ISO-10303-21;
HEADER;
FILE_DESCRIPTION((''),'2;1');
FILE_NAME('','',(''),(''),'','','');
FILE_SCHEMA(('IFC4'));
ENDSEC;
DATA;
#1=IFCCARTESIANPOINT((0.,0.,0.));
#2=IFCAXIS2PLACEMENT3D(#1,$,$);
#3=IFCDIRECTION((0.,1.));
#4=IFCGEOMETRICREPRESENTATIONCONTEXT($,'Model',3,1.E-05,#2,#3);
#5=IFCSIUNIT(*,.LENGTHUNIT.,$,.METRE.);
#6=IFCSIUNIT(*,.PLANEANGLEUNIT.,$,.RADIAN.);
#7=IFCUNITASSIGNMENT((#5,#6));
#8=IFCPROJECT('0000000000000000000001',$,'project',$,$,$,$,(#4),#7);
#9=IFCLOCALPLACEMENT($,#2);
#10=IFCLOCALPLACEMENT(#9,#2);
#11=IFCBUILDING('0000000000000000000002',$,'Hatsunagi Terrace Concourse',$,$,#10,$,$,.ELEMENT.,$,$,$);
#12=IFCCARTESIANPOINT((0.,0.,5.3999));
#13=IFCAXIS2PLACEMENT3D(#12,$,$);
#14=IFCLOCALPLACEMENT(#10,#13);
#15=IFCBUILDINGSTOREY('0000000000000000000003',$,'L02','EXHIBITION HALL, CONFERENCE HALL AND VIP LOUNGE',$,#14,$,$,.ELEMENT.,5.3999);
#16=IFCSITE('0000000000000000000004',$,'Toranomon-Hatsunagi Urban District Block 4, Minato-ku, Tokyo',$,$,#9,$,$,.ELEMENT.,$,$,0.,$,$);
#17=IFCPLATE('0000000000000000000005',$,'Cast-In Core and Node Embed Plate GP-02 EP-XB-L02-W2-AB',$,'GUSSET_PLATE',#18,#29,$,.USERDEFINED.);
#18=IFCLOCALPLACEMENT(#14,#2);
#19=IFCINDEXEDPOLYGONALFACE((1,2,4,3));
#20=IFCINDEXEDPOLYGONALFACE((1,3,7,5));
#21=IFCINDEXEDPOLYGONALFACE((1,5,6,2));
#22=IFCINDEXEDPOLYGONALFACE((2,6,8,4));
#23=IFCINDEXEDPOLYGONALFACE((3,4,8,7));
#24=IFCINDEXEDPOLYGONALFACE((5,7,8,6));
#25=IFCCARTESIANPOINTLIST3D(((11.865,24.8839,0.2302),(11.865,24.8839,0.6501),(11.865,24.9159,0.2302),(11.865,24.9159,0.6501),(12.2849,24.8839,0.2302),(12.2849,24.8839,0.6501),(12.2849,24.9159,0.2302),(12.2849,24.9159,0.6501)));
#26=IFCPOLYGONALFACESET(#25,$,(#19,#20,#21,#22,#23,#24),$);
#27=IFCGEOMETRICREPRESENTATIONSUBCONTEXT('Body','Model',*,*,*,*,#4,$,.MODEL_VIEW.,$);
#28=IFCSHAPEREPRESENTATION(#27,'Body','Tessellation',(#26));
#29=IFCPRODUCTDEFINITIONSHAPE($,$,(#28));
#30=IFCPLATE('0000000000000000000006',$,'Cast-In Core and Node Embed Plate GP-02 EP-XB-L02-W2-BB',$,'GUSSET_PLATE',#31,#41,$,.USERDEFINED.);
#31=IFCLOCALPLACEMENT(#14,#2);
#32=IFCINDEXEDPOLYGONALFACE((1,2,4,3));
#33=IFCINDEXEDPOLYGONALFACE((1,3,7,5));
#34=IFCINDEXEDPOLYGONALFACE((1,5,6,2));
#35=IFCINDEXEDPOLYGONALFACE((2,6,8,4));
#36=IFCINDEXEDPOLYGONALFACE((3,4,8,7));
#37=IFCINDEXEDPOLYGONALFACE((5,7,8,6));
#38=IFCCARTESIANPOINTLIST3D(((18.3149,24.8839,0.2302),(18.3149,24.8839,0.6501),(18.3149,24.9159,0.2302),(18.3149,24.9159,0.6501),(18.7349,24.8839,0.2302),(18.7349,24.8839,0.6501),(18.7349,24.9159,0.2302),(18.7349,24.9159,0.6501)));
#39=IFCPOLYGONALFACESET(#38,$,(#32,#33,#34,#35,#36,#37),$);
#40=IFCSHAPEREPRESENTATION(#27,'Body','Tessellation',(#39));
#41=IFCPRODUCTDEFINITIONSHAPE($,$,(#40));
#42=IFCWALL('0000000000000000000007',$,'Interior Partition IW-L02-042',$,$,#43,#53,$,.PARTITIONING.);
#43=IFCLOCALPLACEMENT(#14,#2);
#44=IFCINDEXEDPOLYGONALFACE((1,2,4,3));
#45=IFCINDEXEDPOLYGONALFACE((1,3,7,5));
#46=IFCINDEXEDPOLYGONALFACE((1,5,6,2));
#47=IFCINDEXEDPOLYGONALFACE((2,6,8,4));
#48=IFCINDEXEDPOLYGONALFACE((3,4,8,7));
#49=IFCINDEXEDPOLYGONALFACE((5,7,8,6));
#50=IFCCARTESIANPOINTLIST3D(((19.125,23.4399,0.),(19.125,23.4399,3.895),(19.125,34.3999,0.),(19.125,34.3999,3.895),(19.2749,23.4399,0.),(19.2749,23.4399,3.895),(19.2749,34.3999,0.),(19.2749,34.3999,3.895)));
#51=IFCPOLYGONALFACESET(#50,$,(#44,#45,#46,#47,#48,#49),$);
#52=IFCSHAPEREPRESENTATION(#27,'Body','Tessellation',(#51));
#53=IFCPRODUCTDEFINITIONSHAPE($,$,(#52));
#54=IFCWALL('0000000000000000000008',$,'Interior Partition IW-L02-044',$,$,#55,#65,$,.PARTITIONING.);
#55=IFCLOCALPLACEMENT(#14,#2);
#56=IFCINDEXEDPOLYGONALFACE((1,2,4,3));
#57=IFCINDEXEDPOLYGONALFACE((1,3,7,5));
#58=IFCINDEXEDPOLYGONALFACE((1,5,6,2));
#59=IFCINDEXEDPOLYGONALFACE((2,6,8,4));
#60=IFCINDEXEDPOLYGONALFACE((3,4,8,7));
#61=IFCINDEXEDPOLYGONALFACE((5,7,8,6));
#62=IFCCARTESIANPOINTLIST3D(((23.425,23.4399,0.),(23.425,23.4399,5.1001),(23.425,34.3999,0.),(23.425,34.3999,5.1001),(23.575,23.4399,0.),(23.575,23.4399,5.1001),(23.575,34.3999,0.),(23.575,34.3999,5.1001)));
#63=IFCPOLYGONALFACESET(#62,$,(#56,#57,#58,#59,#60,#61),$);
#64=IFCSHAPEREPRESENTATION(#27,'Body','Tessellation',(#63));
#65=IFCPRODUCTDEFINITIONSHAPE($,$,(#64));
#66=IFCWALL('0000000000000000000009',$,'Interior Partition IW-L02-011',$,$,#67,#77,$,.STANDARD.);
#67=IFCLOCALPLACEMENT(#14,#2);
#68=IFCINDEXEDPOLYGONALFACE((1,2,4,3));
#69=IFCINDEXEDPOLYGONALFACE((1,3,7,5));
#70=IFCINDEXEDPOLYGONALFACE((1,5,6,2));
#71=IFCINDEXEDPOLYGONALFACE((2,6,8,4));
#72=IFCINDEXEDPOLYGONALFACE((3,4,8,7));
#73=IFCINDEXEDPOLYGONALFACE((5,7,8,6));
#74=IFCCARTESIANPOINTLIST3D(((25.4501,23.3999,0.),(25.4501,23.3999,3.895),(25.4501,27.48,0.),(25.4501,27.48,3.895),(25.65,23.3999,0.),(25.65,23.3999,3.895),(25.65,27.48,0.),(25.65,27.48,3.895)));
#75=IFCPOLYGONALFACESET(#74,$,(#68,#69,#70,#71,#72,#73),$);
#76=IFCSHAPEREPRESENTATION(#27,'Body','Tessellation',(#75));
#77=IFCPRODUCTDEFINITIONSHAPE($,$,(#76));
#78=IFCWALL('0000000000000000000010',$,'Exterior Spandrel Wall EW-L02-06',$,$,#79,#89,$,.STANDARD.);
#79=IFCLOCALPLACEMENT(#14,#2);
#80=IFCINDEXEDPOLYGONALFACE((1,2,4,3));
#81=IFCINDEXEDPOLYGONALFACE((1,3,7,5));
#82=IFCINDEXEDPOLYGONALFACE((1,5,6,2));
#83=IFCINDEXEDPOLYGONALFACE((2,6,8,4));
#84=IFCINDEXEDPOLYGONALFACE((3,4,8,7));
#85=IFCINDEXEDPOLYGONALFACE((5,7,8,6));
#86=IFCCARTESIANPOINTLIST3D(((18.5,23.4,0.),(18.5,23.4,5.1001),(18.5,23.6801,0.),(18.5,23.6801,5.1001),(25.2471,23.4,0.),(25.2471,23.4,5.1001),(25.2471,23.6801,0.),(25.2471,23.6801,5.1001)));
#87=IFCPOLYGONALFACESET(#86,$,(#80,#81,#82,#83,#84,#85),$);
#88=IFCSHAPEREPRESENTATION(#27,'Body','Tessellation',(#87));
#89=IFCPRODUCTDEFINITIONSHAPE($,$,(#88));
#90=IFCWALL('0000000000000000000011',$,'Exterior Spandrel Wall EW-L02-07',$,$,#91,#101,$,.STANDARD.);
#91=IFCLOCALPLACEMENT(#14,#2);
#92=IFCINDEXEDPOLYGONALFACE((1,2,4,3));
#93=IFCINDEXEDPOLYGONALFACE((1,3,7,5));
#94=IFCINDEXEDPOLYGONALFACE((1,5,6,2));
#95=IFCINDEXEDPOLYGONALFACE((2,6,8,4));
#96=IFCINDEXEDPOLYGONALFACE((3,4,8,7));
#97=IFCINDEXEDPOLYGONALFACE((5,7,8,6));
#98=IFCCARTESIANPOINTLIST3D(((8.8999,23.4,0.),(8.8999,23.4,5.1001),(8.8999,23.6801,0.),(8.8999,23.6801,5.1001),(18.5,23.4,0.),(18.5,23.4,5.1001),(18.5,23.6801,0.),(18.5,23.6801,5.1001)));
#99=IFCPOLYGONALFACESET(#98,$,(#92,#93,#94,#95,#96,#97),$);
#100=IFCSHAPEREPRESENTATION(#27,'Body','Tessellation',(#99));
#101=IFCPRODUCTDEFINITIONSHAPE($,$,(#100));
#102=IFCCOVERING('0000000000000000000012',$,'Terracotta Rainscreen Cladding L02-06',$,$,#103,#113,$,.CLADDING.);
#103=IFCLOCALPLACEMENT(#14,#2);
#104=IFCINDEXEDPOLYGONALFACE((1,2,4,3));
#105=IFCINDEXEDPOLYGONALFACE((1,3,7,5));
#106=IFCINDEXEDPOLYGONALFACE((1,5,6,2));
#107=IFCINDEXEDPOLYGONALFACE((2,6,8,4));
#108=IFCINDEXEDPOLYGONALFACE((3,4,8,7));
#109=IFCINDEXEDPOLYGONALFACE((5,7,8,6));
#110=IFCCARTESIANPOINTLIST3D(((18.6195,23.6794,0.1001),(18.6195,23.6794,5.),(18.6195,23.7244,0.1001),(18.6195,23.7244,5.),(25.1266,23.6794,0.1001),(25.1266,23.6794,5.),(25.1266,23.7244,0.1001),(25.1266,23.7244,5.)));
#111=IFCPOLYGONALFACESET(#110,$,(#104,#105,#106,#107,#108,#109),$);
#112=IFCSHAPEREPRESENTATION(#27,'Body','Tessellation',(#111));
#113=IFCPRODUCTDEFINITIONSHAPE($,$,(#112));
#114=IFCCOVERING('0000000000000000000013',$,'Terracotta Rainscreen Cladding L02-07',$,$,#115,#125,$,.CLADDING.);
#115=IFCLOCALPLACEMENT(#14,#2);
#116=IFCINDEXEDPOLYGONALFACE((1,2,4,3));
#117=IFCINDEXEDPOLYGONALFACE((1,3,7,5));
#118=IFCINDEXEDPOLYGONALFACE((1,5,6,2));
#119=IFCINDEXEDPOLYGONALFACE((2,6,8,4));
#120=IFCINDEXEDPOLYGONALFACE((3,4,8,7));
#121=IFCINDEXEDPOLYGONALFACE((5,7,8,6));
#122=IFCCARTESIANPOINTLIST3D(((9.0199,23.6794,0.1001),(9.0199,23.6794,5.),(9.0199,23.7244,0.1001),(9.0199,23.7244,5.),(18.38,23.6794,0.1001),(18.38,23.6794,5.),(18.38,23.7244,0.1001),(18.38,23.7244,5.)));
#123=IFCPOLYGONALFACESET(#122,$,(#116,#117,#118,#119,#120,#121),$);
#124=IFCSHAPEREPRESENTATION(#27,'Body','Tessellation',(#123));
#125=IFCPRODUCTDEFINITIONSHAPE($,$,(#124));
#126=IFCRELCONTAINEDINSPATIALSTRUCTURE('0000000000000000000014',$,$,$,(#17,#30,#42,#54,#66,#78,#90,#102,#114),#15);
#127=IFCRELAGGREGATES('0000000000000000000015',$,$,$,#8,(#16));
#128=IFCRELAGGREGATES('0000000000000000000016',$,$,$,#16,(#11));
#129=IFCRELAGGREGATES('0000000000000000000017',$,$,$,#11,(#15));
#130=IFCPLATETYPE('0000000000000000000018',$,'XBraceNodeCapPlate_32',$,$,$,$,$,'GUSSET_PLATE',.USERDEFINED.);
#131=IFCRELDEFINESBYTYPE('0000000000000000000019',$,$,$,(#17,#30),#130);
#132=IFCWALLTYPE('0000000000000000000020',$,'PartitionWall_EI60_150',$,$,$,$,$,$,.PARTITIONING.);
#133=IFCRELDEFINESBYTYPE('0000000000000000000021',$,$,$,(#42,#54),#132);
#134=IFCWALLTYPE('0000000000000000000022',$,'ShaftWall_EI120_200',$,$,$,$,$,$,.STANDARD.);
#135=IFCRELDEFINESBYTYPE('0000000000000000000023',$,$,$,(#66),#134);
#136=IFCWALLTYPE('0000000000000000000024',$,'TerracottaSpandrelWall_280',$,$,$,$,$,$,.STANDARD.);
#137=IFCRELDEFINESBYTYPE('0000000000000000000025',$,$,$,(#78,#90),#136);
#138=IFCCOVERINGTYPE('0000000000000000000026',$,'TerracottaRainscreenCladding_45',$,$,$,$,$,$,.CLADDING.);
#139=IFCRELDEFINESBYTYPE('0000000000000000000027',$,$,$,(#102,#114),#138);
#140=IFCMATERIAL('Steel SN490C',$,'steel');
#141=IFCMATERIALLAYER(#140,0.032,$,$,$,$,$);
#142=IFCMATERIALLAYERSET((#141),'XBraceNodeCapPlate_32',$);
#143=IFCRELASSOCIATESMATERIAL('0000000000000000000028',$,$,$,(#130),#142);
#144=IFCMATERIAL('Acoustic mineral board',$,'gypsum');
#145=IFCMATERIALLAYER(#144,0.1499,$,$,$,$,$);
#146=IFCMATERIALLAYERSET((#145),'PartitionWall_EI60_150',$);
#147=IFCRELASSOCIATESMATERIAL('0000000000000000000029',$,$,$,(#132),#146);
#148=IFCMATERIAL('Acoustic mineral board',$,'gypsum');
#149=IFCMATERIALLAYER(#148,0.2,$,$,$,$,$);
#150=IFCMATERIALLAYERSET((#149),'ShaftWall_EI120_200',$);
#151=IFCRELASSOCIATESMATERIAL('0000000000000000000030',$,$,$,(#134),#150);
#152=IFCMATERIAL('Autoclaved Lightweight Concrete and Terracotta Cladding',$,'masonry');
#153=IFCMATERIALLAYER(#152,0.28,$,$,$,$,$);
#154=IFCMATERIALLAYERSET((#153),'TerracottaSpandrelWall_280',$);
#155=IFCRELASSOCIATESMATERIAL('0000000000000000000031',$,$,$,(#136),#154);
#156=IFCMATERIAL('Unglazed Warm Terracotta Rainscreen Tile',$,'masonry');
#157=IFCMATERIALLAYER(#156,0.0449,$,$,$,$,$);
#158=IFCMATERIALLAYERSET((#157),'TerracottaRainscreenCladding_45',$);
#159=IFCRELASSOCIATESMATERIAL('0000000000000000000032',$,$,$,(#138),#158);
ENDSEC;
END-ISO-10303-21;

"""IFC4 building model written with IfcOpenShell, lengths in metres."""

from ifc_helpers import new_model, si_unit, direction, frame, frame_2d, origin, origin_2d, place, context, subcontext, project, spatial, rectangle, extrude, material, layer, layer_set, type_object, element, save


model = new_model("IFC4")

# Units and contexts
model_context = context("Model", 3, precision=1e-05, world=origin(), true_north=direction((0.0, 1.0)))
body_context = subcontext(model_context, "Body", "Model", "MODEL_VIEW")
ifc_project = project(units=[si_unit("LENGTHUNIT", "METRE"), si_unit("PLANEANGLEUNIT", "RADIAN")], contexts=[model_context])

# Site, building, storey
site_placement = place(None, origin())
site = spatial("IfcSite", under=ifc_project, at=site_placement, Name="Toranomon-Hatsunagi Urban District Block 4, Minato-ku, Tokyo", CompositionType="ELEMENT", RefElevation=0.0)
building_placement = place(site_placement, origin())
building = spatial("IfcBuilding", under=site, at=building_placement, Name="Hatsunagi Terrace Concourse", CompositionType="ELEMENT")
storey_placement = place(building_placement, frame((0.0, 0.0, 5.3999)))
storey = spatial("IfcBuildingStorey", under=building, at=storey_placement, Name="L02", Description="EXHIBITION HALL, CONFERENCE HALL AND VIP LOUNGE", CompositionType="ELEMENT", Elevation=5.3999)

# Plates
ifc_material_1 = material(Name="Steel SN490C", Category="steel")
ifc_layer_1 = layer(ifc_material_1, 0.032)
ifc_layer_set_1 = layer_set([ifc_layer_1], Name="XBraceNodeCapPlate_32")
plate_type = type_object("IfcPlateType", Name="XBraceNodeCapPlate_32", ElementType="GUSSET_PLATE", PredefinedType="USERDEFINED", material=ifc_layer_set_1)
for number, where, z_axis, x_axis, name in (
    (1, (12.075, 24.8999, 0.2302), (0.0, 0.0, 1.0), (1.0, 0.0, 0.0), "Cast-In Core and Node Embed Plate GP-02 EP-XB-L02-W2-AB"),
    (2, (18.5249, 24.8999, 0.2302), (0.0, 0.0, 1.0), (1.0, 0.0, 0.0), "Cast-In Core and Node Embed Plate GP-02 EP-XB-L02-W2-BB"),
):
    element("IfcPlate", number, at=place(storey_placement, frame(where, z_axis=z_axis, x_axis=x_axis)), inside=storey, type_object=plate_type, Name=name, ObjectType="GUSSET_PLATE", PredefinedType="USERDEFINED", context=body_context, shape_type="SweptSolid", body=[
        extrude(rectangle(XDim=0.4199, YDim=0.032, at=origin_2d()), origin(), (0.0, 0.0, 1.0), 0.4199),
    ])

# Walls
ifc_material_2 = material(Name="Acoustic mineral board", Category="gypsum")
ifc_layer_2 = layer(ifc_material_2, 0.1499)
ifc_layer_set_2 = layer_set([ifc_layer_2], Name="PartitionWall_EI60_150")
wall_type_1 = type_object("IfcWallType", Name="PartitionWall_EI60_150", PredefinedType="PARTITIONING", material=ifc_layer_set_2)
wall_1_placement = place(storey_placement, frame((19.2, 23.4399, 0.0), z_axis=(0.0, 0.0, 1.0), x_axis=(0.0, 1.0, 0.0)))
element("IfcWall", 3, at=wall_1_placement, inside=storey, type_object=wall_type_1, Name="Interior Partition IW-L02-042", PredefinedType="PARTITIONING", context=body_context, shape_type="SweptSolid", body=[
    extrude(rectangle(XDim=10.96, YDim=0.1499, at=frame_2d((5.48, 0.0))), origin(), (0.0, 0.0, 1.0), 3.895),
])
wall_2_placement = place(storey_placement, frame((23.5, 23.4399, 0.0), z_axis=(0.0, 0.0, 1.0), x_axis=(0.0, 1.0, 0.0)))
element("IfcWall", 4, at=wall_2_placement, inside=storey, type_object=wall_type_1, Name="Interior Partition IW-L02-044", PredefinedType="PARTITIONING", context=body_context, shape_type="SweptSolid", body=[
    extrude(rectangle(XDim=10.96, YDim=0.1499, at=frame_2d((5.48, 0.0))), origin(), (0.0, 0.0, 1.0), 5.1001),
])
ifc_material_3 = material(Name="Acoustic mineral board", Category="gypsum")
ifc_layer_3 = layer(ifc_material_3, 0.2)
ifc_layer_set_3 = layer_set([ifc_layer_3], Name="ShaftWall_EI120_200")
wall_type_2 = type_object("IfcWallType", Name="ShaftWall_EI120_200", PredefinedType="STANDARD", material=ifc_layer_set_3)
wall_3_placement = place(storey_placement, frame((25.55, 23.3999, 0.0), z_axis=(0.0, 0.0, 1.0), x_axis=(0.0, 1.0, 0.0)))
element("IfcWall", 5, at=wall_3_placement, inside=storey, type_object=wall_type_2, Name="Interior Partition IW-L02-011", PredefinedType="STANDARD", context=body_context, shape_type="SweptSolid", body=[
    extrude(rectangle(XDim=4.0801, YDim=0.2, at=frame_2d((2.04, 0.0))), origin(), (0.0, 0.0, 1.0), 3.895),
])
ifc_material_4 = material(Name="Autoclaved Lightweight Concrete and Terracotta Cladding", Category="masonry")
ifc_layer_4 = layer(ifc_material_4, 0.28)
ifc_layer_set_4 = layer_set([ifc_layer_4], Name="TerracottaSpandrelWall_280")
wall_type_3 = type_object("IfcWallType", Name="TerracottaSpandrelWall_280", PredefinedType="STANDARD", material=ifc_layer_set_4)
wall_4_placement = place(storey_placement, frame((25.2471, 23.54, 0.0), z_axis=(0.0, 0.0, 1.0), x_axis=(-1.0, 0.0, 0.0)))
element("IfcWall", 6, at=wall_4_placement, inside=storey, type_object=wall_type_3, Name="Exterior Spandrel Wall EW-L02-06", PredefinedType="STANDARD", context=body_context, shape_type="SweptSolid", body=[
    extrude(rectangle(XDim=6.7471, YDim=0.28, at=frame_2d((3.3735, 0.0))), origin(), (0.0, 0.0, 1.0), 5.1001),
])
wall_5_placement = place(storey_placement, frame((18.5, 23.54, 0.0), z_axis=(0.0, 0.0, 1.0), x_axis=(-1.0, 0.0, 0.0)))
element("IfcWall", 7, at=wall_5_placement, inside=storey, type_object=wall_type_3, Name="Exterior Spandrel Wall EW-L02-07", PredefinedType="STANDARD", context=body_context, shape_type="SweptSolid", body=[
    extrude(rectangle(XDim=9.6001, YDim=0.28, at=frame_2d((4.8, 0.0))), origin(), (0.0, 0.0, 1.0), 5.1001),
])

# Coverings
ifc_material_5 = material(Name="Unglazed Warm Terracotta Rainscreen Tile", Category="masonry")
ifc_layer_5 = layer(ifc_material_5, 0.0449)
ifc_layer_set_5 = layer_set([ifc_layer_5], Name="TerracottaRainscreenCladding_45")
covering_type = type_object("IfcCoveringType", Name="TerracottaRainscreenCladding_45", PredefinedType="CLADDING", material=ifc_layer_set_5)
covering_1_placement = place(storey_placement, frame((21.873, 23.7019, 0.1001), z_axis=(0.0, 0.0, 1.0), x_axis=(-1.0, 0.0, 0.0)))
element("IfcCovering", 8, at=covering_1_placement, inside=storey, type_object=covering_type, Name="Terracotta Rainscreen Cladding L02-06", PredefinedType="CLADDING", context=body_context, shape_type="SweptSolid", body=[
    extrude(rectangle(XDim=6.5071, YDim=0.0449, at=origin_2d()), origin(), (0.0, 0.0, 1.0), 4.8999),
])
covering_2_placement = place(storey_placement, frame((13.7, 23.7019, 0.1001), z_axis=(0.0, 0.0, 1.0), x_axis=(-1.0, 0.0, 0.0)))
element("IfcCovering", 9, at=covering_2_placement, inside=storey, type_object=covering_type, Name="Terracotta Rainscreen Cladding L02-07", PredefinedType="CLADDING", context=body_context, shape_type="SweptSolid", body=[
    extrude(rectangle(XDim=9.3601, YDim=0.0449, at=origin_2d()), origin(), (0.0, 0.0, 1.0), 4.8999),
])

save(model, "model.ifc")
